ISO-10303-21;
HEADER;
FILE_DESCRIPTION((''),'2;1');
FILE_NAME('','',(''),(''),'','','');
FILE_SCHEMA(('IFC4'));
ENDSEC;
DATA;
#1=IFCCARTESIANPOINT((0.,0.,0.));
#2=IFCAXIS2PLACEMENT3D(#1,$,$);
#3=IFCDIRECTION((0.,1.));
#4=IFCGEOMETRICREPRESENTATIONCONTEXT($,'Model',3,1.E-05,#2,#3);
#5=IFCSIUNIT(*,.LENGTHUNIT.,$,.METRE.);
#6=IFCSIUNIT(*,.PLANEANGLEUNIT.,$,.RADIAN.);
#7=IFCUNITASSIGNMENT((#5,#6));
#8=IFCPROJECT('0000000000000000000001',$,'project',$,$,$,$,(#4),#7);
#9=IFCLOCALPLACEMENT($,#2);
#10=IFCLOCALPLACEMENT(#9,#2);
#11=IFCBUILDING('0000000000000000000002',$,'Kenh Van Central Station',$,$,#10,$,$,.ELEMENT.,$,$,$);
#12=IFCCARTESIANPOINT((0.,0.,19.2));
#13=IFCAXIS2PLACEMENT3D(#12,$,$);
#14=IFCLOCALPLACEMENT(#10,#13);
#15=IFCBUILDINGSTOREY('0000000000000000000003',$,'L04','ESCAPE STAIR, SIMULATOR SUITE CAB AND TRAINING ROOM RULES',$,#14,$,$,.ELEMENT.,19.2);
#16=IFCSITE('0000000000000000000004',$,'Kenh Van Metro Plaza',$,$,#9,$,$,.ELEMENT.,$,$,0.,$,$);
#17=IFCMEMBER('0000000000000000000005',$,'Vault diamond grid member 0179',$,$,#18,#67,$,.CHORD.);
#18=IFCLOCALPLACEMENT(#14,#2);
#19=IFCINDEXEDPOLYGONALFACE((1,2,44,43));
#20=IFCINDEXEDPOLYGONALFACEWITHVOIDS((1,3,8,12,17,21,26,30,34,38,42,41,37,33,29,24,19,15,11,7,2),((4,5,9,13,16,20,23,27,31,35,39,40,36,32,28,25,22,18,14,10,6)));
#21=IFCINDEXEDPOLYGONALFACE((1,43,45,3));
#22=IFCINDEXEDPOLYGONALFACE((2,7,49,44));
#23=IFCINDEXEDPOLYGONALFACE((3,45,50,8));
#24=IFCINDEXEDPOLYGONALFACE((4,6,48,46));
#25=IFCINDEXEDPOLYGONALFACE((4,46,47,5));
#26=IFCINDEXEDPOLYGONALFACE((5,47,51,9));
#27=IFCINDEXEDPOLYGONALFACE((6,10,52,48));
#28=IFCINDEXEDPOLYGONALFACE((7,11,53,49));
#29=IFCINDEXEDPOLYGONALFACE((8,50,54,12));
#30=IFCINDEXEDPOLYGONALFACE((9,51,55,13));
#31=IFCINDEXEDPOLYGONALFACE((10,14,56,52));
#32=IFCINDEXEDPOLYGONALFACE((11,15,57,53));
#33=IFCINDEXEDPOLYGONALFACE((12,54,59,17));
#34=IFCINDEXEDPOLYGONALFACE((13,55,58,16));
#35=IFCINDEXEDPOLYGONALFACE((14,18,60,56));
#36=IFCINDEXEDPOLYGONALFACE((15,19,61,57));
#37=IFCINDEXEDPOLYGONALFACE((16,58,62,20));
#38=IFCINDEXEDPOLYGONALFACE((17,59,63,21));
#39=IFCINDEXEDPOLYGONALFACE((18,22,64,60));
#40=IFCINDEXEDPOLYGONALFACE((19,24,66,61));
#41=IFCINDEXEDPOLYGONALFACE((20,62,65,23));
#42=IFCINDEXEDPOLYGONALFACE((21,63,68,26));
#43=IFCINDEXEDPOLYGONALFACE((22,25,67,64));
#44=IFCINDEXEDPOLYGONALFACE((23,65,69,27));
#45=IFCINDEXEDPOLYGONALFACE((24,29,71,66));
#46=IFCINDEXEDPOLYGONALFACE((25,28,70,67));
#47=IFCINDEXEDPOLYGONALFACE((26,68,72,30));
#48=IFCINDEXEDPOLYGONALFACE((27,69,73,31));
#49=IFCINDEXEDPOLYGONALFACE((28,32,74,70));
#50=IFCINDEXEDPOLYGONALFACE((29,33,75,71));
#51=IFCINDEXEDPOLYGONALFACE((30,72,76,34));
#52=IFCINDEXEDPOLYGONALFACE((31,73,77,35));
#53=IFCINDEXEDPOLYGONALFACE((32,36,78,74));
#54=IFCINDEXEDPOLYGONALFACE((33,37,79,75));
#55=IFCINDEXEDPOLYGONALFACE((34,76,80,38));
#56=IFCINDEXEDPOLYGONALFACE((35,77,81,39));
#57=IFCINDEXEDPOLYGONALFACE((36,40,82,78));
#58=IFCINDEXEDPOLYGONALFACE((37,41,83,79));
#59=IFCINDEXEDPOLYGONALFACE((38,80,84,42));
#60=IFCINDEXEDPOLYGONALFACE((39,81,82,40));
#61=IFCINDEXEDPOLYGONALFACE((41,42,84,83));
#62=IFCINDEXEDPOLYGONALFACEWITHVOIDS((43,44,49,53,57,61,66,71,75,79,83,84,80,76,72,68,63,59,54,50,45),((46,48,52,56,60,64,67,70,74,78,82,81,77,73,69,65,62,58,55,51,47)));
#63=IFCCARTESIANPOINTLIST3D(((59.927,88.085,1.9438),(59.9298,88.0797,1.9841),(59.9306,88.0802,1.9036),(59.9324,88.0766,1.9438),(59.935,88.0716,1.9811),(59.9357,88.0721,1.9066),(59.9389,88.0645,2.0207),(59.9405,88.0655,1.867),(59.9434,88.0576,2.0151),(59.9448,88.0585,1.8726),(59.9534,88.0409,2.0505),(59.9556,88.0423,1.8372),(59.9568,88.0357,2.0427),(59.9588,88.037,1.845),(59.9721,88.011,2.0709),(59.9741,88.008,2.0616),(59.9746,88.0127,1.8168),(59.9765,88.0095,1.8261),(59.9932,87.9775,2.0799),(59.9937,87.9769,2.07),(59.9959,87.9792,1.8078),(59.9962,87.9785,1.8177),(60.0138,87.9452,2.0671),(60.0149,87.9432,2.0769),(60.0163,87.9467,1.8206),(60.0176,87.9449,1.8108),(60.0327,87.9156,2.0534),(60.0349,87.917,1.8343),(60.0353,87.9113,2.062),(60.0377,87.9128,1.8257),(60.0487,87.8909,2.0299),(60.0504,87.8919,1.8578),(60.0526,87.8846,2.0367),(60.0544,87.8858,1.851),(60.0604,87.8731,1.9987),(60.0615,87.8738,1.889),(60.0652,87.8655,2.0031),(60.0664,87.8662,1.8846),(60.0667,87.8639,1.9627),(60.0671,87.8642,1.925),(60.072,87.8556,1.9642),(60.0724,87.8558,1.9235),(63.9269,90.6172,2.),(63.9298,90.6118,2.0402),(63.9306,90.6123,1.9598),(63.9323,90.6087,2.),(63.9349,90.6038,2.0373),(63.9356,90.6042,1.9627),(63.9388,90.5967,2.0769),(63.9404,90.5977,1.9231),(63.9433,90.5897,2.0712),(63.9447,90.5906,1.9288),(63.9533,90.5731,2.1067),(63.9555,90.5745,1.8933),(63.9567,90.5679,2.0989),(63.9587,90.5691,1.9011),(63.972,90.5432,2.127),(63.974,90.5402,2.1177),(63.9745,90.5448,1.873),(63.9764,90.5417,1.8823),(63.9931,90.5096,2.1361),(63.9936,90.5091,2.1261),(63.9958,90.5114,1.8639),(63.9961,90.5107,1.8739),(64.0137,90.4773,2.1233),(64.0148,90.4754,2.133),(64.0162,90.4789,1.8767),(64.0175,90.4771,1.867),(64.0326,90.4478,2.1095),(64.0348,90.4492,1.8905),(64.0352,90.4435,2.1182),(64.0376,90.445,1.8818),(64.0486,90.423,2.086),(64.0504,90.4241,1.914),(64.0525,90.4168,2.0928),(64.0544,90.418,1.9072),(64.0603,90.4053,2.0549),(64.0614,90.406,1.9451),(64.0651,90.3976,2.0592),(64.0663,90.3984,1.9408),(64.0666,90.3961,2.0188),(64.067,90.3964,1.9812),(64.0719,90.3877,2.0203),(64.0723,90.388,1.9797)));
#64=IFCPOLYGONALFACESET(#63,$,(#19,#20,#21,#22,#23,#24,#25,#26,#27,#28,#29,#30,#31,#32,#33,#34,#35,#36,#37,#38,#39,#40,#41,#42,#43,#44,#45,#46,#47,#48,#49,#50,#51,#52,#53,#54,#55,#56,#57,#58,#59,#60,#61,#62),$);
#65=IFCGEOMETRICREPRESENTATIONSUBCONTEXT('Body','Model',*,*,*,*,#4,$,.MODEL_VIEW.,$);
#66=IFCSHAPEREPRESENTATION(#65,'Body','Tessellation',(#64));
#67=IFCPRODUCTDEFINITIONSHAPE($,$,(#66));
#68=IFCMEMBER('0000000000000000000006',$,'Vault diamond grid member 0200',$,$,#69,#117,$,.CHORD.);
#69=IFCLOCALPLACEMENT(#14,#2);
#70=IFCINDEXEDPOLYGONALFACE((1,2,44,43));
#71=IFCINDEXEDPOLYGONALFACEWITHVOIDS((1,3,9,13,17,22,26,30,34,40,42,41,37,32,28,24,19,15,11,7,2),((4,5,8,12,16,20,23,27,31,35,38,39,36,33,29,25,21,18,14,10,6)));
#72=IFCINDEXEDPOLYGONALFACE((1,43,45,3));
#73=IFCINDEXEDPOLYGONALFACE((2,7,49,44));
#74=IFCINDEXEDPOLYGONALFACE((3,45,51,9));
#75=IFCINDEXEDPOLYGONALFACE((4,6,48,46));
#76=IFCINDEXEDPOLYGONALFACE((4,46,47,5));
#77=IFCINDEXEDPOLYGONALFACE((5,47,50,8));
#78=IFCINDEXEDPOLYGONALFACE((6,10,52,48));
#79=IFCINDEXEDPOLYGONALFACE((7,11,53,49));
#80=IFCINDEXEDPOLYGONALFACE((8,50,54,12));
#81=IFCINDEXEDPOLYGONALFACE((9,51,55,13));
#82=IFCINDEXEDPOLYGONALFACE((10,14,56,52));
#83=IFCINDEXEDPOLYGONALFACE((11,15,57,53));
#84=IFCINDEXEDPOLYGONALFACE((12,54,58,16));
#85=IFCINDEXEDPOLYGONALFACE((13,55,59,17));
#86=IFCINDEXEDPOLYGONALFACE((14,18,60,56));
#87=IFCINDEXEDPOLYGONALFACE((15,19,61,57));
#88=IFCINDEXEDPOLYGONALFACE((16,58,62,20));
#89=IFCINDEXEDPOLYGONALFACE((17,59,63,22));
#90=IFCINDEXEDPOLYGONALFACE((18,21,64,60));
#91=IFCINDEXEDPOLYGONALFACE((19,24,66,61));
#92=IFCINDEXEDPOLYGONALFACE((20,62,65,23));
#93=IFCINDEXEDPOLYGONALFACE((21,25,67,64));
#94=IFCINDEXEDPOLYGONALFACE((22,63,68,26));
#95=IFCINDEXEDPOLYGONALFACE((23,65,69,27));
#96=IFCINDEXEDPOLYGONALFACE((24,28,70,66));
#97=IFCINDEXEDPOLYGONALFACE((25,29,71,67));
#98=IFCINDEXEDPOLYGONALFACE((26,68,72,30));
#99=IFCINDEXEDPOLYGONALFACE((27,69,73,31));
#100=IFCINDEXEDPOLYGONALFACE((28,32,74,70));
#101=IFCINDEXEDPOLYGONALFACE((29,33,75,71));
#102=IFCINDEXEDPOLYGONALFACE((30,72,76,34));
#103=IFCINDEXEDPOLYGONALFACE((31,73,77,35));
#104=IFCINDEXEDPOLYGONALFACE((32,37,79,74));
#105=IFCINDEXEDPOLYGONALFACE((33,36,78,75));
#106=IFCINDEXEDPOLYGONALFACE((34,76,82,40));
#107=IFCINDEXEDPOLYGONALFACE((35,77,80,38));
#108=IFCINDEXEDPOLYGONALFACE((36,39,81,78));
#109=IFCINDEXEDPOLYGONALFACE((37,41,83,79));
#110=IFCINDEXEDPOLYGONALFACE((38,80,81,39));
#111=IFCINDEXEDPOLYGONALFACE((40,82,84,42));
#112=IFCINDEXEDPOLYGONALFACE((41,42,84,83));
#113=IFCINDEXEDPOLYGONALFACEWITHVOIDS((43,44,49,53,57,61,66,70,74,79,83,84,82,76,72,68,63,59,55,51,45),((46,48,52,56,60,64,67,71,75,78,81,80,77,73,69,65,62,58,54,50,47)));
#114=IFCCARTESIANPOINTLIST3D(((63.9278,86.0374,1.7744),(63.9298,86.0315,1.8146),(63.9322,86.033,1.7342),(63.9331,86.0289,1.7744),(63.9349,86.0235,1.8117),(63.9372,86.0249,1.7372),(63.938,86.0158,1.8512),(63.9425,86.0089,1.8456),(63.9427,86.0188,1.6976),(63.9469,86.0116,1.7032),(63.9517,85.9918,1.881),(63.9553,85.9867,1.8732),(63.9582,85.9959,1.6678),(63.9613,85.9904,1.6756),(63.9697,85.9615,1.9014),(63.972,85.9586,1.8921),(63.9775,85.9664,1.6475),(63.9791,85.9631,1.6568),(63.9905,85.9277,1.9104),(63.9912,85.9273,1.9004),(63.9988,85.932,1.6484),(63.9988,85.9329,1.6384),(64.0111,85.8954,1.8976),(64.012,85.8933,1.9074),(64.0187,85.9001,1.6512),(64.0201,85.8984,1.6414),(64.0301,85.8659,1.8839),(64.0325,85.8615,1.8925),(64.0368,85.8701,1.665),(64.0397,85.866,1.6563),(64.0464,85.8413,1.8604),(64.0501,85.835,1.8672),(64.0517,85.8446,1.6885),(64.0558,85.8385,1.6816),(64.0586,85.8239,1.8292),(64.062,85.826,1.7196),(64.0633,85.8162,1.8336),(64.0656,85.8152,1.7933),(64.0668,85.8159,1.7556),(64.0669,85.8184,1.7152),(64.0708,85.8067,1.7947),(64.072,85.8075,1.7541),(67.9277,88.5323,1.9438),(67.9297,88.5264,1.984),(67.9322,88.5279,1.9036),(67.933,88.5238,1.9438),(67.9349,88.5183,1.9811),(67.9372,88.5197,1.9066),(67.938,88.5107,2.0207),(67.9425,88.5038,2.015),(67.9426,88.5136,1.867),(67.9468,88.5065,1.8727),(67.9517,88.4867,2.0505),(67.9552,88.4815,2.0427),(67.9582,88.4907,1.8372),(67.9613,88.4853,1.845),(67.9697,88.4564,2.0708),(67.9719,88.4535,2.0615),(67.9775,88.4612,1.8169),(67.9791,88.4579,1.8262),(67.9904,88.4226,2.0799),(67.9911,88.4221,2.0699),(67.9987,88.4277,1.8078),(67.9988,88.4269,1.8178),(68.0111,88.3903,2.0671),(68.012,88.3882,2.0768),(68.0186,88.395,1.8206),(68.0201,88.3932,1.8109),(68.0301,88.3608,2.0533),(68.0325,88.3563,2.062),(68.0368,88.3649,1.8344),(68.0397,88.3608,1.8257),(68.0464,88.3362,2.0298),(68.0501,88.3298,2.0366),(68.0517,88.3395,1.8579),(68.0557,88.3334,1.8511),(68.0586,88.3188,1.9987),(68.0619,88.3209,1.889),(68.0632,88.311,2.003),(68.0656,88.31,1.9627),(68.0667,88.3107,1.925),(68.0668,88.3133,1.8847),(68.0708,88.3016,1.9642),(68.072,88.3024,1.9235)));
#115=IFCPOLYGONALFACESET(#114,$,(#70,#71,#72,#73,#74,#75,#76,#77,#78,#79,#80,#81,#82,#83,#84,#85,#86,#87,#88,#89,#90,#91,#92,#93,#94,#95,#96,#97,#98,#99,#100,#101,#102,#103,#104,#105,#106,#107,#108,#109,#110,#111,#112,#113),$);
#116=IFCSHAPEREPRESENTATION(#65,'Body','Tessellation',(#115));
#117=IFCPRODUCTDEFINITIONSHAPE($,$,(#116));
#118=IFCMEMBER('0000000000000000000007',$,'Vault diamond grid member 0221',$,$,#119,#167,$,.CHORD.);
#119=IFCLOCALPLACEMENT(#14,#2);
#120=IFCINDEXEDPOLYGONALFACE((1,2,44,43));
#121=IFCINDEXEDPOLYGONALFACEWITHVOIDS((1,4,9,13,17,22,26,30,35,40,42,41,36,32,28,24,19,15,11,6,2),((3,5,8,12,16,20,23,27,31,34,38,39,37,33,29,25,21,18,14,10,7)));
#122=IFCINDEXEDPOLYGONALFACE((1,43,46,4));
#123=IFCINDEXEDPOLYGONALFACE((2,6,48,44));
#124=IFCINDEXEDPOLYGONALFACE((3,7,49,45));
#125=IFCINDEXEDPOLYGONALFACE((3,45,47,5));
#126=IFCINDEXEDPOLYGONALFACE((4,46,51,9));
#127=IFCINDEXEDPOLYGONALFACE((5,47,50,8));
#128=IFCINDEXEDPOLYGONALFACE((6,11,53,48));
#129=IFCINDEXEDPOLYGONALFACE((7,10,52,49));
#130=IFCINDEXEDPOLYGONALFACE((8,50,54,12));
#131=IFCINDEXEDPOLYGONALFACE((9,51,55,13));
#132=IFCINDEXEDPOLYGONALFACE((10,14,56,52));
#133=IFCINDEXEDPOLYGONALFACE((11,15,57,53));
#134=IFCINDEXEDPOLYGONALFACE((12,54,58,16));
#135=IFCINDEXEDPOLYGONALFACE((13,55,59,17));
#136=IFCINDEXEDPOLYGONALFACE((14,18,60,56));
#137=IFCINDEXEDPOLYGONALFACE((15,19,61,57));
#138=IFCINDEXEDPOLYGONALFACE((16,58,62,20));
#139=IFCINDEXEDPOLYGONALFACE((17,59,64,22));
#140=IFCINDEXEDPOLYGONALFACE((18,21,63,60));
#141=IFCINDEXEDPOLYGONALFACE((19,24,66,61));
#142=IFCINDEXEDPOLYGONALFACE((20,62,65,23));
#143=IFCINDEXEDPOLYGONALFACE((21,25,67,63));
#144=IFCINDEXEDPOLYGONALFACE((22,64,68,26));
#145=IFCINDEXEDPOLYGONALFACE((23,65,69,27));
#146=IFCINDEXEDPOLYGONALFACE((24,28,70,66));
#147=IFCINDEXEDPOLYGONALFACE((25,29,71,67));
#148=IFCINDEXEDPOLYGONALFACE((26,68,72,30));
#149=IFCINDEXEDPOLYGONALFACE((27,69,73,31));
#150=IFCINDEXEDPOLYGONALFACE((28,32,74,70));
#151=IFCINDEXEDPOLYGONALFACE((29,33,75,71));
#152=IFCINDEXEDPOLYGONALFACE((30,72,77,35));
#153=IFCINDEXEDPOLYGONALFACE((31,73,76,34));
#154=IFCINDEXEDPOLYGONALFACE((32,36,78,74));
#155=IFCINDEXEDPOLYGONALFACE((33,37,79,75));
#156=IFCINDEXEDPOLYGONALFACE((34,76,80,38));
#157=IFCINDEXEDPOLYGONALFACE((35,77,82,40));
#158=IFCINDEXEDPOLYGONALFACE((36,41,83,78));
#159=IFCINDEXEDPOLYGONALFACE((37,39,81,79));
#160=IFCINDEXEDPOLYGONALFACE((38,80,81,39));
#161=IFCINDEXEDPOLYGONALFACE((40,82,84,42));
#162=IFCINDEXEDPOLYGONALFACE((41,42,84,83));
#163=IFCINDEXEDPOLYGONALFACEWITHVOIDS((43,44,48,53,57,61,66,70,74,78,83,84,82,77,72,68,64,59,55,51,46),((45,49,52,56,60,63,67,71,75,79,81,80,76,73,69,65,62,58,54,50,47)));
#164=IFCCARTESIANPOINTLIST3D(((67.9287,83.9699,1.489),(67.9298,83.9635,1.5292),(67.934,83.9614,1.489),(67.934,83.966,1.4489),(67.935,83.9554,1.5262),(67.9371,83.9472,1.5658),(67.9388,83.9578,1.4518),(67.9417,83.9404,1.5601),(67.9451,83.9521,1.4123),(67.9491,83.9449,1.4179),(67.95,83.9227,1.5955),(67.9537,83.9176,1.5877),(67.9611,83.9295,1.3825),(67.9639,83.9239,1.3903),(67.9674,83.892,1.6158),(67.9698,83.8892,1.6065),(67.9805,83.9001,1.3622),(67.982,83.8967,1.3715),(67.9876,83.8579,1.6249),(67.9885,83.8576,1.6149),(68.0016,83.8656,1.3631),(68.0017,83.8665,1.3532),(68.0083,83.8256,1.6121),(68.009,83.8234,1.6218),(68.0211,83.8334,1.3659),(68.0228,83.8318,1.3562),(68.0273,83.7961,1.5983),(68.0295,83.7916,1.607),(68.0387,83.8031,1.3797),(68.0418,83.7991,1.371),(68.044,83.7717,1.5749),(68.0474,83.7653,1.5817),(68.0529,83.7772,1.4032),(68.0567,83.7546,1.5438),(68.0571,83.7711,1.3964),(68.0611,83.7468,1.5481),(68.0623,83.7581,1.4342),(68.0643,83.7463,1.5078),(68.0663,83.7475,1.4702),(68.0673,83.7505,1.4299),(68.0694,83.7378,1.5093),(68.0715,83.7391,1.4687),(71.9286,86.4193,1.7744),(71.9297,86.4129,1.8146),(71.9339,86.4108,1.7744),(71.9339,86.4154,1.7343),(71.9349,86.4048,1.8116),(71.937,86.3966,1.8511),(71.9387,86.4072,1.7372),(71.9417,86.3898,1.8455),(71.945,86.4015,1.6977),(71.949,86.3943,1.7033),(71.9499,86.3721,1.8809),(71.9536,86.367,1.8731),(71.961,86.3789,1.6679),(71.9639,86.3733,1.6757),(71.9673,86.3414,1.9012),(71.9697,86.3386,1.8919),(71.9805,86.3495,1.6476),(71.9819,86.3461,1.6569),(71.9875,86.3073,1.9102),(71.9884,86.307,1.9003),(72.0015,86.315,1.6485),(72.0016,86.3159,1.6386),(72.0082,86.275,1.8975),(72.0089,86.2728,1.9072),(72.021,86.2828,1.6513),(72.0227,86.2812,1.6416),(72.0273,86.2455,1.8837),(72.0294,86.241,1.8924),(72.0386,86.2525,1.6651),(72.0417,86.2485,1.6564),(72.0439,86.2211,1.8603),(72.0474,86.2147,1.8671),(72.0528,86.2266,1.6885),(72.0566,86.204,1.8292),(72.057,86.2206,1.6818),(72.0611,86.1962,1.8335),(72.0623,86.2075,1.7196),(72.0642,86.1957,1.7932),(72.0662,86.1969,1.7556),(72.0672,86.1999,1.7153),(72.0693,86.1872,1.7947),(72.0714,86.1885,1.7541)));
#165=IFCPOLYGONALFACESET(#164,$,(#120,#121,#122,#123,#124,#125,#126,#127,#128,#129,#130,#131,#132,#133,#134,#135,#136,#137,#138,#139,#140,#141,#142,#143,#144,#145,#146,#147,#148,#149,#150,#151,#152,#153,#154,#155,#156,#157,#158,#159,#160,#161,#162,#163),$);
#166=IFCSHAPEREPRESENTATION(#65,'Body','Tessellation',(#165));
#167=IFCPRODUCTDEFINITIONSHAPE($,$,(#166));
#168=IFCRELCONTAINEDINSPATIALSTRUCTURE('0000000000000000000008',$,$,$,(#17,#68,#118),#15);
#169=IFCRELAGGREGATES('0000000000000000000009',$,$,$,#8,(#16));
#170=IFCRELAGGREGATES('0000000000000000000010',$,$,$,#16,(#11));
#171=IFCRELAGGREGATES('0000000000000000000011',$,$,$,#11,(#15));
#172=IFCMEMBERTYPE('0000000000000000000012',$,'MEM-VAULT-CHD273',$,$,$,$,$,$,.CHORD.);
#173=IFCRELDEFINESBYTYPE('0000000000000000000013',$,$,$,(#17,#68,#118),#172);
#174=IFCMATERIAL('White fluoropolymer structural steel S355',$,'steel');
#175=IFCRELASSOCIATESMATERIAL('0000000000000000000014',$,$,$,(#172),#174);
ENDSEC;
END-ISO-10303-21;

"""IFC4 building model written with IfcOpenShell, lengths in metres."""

from ifc_helpers import new_model, si_unit, direction, frame, origin, origin_2d, place, context, subcontext, project, spatial, hollow_circle, extrude, material, material_profile, profile_set, type_object, element, save


model = new_model("IFC4")

# Units and contexts
model_context = context("Model", 3, precision=1e-05, world=origin(), true_north=direction((0.0, 1.0)))
body_context = subcontext(model_context, "Body", "Model", "MODEL_VIEW")
ifc_project = project(units=[si_unit("LENGTHUNIT", "METRE"), si_unit("PLANEANGLEUNIT", "RADIAN")], contexts=[model_context])

# Site, building, storey
site_placement = place(None, origin())
site = spatial("IfcSite", under=ifc_project, at=site_placement, Name="Kenh Van Metro Plaza", CompositionType="ELEMENT", RefElevation=0.0)
building_placement = place(site_placement, origin())
building = spatial("IfcBuilding", under=site, at=building_placement, Name="Kenh Van Central Station", CompositionType="ELEMENT")
storey_placement = place(building_placement, frame((0.0, 0.0, 19.2)))
storey = spatial("IfcBuildingStorey", under=building, at=storey_placement, Name="L04", Description="ESCAPE STAIR, SIMULATOR SUITE CAB AND TRAINING ROOM RULES", CompositionType="ELEMENT", Elevation=19.2)

# Shared definitions
ifc_material_1 = material(Name="White fluoropolymer structural steel S355", Category="steel")

# Members
ifc_material_profile_1 = material_profile(ifc_material_1, hollow_circle(Radius=0.1365, WallThickness=0.01, at=origin_2d()), Name="CHS 273x10")
ifc_profile_set_1 = profile_set([ifc_material_profile_1], Name="White fluoropolymer structural steel S355")
member_type_1 = type_object("IfcMemberType", Name="MEM-VAULT-CHD273", PredefinedType="CHORD", material=ifc_profile_set_1)
member_1_placement = place(storey_placement, frame((60.0, 87.9697, 1.9438), z_axis=(0.844865, 0.534848, 0.01186), x_axis=(-0.534885, 0.844925, 0.0)))
element("IfcMember", 1, at=member_1_placement, inside=storey, type_object=member_type_1, Name="Vault diamond grid member 0179", PredefinedType="CHORD", context=body_context, shape_type="SweptSolid", body=[
    extrude(hollow_circle(Radius=0.1365, WallThickness=0.01, at=origin_2d()), origin(), (0.0, 0.0, 1.0), 4.7344),
])
member_2_placement = place(storey_placement, frame((64.0, 85.9216, 1.7744), z_axis=(0.847939, 0.528875, 0.035917), x_axis=(-0.529217, 0.848487, 0.0)))
element("IfcMember", 2, at=member_2_placement, inside=storey, type_object=member_type_1, Name="Vault diamond grid member 0200", PredefinedType="CHORD", context=body_context, shape_type="SweptSolid", body=[
    extrude(hollow_circle(Radius=0.1365, WallThickness=0.01, at=origin_2d()), origin(), (0.0, 0.0, 1.0), 4.7173),
])
member_3_placement = place(storey_placement, frame((68.0, 83.8535, 1.489), z_axis=(0.851231, 0.521265, 0.060735), x_axis=(-0.522229, 0.852805, 0.0)))
element("IfcMember", 3, at=member_3_placement, inside=storey, type_object=member_type_1, Name="Vault diamond grid member 0221", PredefinedType="CHORD", context=body_context, shape_type="SweptSolid", body=[
    extrude(hollow_circle(Radius=0.1365, WallThickness=0.01, at=origin_2d()), origin(), (0.0, 0.0, 1.0), 4.699),
])

save(model, "model.ifc")
